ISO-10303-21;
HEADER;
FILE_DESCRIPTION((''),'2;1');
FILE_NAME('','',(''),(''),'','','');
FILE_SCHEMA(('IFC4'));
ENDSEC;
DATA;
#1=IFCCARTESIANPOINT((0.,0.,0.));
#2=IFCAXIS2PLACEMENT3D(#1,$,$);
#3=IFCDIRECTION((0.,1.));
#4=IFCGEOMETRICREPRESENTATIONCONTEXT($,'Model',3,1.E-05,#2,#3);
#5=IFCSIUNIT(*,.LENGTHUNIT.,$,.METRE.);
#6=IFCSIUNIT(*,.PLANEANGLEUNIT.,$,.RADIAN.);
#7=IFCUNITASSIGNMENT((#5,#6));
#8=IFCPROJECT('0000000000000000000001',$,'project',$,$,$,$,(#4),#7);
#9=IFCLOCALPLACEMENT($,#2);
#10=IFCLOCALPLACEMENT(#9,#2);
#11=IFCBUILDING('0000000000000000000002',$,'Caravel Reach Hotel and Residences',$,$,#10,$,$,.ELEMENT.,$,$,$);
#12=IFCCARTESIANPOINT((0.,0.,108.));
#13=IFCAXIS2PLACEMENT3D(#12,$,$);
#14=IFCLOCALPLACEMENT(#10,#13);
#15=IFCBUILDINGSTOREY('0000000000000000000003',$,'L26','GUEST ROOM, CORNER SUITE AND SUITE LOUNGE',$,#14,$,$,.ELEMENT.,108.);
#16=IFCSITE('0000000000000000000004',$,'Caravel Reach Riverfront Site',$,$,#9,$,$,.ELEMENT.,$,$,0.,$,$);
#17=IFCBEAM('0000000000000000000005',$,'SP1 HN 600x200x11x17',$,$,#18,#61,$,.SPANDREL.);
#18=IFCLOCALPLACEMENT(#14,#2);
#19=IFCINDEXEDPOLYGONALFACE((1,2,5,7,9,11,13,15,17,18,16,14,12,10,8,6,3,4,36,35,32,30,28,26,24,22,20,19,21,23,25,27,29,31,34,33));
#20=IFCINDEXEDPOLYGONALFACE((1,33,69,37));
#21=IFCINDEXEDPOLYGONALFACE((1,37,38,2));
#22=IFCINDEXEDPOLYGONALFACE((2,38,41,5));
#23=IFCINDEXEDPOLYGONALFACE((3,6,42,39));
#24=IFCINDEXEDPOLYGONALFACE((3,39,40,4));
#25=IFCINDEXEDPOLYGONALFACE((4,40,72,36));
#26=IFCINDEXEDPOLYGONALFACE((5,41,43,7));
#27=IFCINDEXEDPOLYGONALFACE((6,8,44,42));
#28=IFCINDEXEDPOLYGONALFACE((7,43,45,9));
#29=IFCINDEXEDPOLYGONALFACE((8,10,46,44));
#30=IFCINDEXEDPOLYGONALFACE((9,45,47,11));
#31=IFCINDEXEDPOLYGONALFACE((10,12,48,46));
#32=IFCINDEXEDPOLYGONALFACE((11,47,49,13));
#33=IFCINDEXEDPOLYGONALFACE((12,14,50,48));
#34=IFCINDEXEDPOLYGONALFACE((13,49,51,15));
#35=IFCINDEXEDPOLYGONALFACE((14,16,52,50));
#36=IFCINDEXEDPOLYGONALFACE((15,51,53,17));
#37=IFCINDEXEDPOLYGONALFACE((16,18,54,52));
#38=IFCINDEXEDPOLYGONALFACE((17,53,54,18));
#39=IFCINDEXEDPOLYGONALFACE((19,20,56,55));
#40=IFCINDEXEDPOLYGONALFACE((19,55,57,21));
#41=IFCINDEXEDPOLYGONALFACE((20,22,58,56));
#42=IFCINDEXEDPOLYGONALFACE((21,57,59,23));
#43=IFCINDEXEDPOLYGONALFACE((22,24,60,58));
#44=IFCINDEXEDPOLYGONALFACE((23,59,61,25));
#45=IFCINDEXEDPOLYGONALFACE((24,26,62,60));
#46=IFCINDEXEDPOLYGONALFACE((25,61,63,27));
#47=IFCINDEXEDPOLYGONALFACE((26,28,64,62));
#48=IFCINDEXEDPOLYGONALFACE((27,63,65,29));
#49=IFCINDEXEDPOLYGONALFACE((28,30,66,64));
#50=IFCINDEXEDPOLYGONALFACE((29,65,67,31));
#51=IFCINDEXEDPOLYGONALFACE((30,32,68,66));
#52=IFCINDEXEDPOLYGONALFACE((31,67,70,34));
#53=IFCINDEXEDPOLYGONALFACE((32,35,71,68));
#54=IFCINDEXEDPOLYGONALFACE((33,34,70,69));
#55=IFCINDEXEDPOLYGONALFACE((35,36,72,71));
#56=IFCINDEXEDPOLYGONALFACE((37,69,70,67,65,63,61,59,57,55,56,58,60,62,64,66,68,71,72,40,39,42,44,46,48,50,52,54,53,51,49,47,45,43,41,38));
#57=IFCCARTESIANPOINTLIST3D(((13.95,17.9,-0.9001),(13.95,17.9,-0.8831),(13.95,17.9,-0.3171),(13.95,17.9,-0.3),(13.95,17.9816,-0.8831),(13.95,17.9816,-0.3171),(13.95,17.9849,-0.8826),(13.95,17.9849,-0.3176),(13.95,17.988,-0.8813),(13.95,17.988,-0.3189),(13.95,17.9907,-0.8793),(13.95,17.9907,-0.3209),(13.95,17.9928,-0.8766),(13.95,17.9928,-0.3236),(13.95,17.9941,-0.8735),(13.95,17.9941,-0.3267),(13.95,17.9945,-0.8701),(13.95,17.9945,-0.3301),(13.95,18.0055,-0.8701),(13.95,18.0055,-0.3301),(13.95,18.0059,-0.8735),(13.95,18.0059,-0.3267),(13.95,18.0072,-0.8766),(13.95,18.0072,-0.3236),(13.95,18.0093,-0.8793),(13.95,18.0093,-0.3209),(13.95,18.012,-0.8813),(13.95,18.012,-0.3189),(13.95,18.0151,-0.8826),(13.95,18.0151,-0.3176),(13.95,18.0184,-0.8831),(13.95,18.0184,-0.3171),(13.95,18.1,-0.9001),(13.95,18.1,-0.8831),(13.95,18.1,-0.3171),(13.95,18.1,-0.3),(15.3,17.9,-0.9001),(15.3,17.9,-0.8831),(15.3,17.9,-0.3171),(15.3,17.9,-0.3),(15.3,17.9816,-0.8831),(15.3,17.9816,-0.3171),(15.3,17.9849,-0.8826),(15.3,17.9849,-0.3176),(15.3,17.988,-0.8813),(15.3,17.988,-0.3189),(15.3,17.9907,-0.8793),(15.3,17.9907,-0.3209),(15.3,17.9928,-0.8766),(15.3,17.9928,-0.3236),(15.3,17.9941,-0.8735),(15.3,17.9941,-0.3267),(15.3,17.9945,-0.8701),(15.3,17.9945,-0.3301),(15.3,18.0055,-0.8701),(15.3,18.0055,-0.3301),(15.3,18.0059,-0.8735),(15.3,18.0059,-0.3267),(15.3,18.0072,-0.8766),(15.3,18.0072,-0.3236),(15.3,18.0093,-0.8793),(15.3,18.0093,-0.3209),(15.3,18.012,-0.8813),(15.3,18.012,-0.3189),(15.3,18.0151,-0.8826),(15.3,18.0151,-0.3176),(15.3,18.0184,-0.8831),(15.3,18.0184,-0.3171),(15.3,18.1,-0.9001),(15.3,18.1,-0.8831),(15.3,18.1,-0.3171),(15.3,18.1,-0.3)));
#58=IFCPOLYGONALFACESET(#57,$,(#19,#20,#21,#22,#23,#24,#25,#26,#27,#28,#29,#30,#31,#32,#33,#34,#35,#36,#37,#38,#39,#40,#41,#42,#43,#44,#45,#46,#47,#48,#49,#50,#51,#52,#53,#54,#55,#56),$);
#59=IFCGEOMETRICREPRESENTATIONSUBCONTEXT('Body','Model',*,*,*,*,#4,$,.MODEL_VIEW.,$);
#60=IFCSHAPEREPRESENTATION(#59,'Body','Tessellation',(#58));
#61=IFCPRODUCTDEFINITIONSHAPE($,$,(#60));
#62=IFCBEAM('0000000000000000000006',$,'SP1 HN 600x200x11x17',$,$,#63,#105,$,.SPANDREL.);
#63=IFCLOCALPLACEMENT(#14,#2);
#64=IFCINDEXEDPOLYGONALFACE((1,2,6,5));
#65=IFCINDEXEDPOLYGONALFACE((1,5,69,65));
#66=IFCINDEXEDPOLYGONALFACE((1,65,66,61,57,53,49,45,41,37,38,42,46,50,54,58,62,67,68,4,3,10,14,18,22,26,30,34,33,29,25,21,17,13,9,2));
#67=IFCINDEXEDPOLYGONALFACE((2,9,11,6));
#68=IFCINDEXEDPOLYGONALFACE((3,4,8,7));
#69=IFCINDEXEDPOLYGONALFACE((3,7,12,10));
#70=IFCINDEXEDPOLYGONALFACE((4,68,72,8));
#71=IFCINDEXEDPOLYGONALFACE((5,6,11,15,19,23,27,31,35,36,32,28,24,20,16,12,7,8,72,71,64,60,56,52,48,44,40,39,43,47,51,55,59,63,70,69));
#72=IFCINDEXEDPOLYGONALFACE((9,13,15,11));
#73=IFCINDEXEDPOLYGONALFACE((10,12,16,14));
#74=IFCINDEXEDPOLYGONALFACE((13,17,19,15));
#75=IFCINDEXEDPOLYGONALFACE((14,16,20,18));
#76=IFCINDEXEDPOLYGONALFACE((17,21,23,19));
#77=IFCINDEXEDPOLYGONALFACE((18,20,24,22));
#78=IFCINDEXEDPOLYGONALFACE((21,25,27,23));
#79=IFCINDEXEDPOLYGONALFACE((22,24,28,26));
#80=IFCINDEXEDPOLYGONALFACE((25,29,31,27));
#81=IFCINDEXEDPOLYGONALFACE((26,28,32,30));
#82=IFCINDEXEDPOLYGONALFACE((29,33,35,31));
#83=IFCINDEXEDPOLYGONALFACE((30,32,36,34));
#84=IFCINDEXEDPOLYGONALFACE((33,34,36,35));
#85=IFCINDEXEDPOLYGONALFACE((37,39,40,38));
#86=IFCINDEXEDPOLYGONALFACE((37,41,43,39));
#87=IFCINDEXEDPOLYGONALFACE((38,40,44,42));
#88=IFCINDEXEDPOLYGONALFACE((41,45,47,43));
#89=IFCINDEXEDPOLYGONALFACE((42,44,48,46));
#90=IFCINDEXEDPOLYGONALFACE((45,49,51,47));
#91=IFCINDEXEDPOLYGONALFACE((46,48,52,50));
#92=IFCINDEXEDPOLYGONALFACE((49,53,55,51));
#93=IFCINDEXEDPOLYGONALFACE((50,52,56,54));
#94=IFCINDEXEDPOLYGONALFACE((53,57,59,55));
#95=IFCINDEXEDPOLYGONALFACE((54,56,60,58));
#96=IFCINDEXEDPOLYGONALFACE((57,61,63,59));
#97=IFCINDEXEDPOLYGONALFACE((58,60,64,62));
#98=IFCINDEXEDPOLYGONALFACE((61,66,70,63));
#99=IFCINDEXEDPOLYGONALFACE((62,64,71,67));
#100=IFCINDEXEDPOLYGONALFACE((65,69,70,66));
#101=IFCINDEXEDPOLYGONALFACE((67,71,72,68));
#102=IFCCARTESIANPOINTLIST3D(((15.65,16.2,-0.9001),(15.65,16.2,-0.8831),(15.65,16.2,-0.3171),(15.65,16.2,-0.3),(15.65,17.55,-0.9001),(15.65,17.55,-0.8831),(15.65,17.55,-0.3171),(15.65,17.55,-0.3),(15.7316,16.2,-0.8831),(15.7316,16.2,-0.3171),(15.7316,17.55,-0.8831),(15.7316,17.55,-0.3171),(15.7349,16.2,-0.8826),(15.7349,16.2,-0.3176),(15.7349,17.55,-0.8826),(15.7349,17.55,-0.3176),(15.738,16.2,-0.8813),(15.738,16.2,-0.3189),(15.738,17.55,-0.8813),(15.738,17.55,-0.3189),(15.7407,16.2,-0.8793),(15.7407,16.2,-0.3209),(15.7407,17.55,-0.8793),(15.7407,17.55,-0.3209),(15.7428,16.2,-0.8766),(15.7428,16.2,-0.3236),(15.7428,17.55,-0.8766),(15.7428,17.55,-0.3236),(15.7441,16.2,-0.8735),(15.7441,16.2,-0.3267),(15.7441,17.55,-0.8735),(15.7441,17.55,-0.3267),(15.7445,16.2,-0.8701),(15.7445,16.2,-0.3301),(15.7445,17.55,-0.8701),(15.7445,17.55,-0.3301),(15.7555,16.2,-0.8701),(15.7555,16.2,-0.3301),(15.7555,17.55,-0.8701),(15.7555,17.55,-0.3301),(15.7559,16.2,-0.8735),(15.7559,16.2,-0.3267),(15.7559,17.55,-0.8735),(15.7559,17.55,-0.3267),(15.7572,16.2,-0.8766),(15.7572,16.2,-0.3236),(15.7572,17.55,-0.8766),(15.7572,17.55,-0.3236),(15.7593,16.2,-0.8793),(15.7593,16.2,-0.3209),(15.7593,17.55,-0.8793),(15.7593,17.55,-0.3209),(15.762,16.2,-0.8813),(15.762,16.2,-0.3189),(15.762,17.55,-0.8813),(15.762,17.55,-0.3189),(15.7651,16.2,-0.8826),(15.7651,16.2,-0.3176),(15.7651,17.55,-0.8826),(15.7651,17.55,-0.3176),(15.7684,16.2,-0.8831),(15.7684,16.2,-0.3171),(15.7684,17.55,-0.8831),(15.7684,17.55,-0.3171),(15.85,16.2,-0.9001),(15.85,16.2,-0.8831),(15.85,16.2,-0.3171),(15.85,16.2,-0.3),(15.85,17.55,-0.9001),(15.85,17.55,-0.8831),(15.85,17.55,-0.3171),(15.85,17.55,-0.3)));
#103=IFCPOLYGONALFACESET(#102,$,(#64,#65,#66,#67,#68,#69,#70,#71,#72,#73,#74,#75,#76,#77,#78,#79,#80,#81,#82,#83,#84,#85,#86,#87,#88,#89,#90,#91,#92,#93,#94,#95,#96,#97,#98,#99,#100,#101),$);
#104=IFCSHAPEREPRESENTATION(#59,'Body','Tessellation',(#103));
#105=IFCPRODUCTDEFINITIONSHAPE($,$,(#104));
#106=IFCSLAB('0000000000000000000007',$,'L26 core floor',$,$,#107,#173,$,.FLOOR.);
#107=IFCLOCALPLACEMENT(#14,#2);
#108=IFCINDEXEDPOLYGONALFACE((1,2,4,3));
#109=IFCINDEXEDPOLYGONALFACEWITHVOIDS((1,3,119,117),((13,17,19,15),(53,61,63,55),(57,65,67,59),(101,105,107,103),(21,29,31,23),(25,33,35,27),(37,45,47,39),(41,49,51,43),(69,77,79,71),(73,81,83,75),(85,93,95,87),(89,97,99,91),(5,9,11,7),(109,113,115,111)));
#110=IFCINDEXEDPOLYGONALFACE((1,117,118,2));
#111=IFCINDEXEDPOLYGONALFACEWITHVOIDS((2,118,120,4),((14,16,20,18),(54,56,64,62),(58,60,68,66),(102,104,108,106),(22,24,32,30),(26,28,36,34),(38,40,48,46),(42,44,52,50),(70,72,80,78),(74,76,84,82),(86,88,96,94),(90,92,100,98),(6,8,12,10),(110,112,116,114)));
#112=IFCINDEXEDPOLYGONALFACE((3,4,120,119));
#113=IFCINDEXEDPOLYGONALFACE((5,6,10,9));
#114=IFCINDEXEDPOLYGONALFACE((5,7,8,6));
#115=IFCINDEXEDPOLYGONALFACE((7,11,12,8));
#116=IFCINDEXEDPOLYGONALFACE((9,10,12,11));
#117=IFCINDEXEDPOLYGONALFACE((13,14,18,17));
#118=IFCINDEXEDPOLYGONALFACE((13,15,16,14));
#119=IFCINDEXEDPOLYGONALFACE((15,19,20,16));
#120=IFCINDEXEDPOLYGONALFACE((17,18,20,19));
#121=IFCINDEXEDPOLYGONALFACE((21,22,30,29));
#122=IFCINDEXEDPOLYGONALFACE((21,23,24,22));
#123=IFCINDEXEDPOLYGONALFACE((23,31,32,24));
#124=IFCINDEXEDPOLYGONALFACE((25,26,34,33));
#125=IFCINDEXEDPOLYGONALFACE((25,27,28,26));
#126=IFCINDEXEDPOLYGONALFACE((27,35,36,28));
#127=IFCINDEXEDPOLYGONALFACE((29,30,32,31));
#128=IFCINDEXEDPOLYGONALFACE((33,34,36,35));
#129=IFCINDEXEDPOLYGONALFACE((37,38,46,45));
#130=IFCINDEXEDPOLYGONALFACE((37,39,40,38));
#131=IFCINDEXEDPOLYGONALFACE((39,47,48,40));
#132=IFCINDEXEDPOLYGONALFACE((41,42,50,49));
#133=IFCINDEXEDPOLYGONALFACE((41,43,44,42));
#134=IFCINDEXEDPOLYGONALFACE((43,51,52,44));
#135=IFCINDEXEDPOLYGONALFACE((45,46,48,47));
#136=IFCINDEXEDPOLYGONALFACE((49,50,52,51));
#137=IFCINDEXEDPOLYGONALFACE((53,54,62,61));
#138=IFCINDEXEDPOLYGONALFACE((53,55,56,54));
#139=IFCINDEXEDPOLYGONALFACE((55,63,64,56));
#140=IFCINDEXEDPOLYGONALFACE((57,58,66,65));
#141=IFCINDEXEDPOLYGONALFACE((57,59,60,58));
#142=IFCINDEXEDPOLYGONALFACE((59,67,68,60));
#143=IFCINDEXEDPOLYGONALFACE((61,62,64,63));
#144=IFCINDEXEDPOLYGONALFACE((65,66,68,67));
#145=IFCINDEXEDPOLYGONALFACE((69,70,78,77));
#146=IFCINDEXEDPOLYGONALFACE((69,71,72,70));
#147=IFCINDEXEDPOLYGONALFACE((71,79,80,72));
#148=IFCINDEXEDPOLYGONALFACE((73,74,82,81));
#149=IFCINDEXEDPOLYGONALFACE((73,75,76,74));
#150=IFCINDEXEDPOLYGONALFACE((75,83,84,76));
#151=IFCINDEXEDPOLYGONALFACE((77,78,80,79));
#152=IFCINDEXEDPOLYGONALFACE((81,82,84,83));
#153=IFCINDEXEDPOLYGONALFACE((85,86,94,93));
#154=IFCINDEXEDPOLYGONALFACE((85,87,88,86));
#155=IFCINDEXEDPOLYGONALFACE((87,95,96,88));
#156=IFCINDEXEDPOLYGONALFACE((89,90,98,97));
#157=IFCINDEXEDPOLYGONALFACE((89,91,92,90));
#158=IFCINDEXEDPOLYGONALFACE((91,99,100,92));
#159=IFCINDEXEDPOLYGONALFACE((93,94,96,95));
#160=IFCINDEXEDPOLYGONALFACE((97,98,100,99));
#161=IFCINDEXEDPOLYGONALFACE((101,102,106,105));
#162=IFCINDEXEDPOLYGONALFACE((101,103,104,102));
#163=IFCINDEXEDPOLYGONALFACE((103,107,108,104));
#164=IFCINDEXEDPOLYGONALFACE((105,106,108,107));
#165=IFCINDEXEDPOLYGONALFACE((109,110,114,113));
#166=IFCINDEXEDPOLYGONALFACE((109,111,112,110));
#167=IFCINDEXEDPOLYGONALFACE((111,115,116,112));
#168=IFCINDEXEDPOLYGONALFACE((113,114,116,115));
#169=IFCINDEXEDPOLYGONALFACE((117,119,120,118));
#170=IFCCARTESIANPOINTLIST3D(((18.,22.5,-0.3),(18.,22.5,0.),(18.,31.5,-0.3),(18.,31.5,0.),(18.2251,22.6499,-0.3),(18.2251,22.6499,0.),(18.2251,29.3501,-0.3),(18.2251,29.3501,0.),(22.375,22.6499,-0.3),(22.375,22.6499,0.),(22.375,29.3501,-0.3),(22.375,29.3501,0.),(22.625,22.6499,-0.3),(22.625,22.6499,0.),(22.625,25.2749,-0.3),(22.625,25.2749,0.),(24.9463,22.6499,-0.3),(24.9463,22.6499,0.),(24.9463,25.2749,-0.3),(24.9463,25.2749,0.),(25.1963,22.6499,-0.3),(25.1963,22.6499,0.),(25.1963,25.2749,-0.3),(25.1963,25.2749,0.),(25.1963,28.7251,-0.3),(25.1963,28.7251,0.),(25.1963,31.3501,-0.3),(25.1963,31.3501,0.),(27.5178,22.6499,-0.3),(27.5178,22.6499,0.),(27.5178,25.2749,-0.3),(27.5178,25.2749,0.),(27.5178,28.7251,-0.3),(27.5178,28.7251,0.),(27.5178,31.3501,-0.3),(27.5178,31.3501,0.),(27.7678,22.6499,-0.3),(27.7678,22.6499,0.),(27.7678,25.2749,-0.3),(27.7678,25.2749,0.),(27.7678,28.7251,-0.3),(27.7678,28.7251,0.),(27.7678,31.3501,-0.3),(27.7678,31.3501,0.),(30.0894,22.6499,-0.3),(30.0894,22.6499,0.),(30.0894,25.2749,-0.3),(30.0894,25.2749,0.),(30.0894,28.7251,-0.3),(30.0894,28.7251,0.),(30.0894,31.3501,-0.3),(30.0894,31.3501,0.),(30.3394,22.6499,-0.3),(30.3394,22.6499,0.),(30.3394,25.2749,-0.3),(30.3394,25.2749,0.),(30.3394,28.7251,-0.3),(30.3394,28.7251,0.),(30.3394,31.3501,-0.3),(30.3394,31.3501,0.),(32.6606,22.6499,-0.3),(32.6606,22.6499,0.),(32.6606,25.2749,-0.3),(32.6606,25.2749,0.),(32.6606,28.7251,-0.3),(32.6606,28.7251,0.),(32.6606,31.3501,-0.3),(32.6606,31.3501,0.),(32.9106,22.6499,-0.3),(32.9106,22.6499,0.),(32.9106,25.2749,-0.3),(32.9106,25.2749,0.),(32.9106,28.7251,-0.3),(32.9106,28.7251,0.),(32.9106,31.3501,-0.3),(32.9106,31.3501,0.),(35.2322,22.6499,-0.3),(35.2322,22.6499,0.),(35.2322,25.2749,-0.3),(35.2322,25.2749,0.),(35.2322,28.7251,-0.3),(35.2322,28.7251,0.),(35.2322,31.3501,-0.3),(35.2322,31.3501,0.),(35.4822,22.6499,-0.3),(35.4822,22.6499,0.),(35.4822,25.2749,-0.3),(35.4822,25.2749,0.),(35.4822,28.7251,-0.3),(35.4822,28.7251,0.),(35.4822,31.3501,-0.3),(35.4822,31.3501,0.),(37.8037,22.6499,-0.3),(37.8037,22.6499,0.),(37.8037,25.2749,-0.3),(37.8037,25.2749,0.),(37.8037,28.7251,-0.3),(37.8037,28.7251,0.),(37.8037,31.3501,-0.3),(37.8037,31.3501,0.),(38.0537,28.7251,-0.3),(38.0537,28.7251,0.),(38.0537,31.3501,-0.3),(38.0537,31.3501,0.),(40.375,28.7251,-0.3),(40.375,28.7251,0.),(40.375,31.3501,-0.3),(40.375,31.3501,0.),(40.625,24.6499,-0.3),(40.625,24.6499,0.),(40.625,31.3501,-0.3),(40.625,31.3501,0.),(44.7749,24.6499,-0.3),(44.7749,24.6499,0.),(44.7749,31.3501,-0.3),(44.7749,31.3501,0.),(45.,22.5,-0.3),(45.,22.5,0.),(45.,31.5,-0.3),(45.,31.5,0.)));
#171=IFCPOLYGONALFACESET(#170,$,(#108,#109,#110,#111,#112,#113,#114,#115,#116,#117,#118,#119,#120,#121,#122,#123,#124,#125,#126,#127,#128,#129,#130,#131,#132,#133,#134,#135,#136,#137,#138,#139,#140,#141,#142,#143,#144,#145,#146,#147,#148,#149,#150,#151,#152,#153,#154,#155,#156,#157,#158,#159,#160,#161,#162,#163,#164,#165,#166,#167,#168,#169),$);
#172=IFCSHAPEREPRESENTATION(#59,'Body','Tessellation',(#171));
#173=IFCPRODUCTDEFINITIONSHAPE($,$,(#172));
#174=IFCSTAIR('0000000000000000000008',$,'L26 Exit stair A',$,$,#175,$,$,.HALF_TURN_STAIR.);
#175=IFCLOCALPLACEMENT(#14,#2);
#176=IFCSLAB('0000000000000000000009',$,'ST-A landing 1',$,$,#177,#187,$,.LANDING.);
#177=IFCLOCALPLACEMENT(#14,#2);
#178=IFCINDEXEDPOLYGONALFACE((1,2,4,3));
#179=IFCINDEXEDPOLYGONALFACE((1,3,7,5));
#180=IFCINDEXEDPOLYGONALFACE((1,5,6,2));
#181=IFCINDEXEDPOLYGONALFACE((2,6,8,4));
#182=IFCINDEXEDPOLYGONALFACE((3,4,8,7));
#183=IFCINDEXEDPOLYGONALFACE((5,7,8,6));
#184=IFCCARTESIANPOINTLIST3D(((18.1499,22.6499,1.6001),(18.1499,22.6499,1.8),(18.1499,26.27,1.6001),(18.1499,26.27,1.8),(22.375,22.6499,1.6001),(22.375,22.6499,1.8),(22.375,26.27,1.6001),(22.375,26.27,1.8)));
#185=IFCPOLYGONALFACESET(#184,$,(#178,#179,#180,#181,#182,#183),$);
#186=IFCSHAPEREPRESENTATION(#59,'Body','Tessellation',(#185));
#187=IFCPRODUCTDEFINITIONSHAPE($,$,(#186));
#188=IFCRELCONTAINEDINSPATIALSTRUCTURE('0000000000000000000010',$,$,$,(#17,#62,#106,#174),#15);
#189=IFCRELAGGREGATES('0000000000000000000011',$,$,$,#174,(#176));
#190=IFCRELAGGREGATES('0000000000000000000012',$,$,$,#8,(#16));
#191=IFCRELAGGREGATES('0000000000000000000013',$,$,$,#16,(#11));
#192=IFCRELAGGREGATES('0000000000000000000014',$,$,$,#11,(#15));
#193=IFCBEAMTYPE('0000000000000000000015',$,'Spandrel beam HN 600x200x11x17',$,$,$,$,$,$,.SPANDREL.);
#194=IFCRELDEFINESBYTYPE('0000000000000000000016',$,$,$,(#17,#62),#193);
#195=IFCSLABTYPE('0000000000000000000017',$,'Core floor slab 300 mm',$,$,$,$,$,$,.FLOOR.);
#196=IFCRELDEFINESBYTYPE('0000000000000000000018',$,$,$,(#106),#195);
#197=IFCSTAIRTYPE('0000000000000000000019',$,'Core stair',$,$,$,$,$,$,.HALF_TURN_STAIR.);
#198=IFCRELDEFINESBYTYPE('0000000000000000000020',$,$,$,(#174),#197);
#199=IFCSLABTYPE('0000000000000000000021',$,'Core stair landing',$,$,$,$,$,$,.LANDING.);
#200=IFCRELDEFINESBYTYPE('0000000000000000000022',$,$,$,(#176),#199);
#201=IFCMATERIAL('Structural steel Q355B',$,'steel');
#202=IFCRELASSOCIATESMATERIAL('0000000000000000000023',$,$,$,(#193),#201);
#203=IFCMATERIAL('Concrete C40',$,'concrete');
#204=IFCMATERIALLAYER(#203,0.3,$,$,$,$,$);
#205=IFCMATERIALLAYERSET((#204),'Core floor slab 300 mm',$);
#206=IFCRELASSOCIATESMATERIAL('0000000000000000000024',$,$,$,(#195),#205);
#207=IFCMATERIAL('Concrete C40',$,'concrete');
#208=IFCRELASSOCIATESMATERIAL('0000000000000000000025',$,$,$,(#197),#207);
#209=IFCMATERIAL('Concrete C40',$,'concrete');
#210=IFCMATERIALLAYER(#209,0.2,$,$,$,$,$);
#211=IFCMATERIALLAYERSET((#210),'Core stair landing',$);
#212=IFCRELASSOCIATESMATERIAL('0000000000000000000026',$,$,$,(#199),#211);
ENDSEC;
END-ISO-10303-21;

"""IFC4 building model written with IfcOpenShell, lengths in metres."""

from ifc_helpers import new_model, si_unit, direction, frame, origin, origin_2d, place, context, subcontext, project, spatial, polyline, i_section, outline, extrude, material, layer, layer_set, material_profile, profile_set, type_object, element, aggregate, save


model = new_model("IFC4")

# Units and contexts
model_context = context("Model", 3, precision=1e-05, world=origin(), true_north=direction((0.0, 1.0)))
body_context = subcontext(model_context, "Body", "Model", "MODEL_VIEW")
ifc_project = project(units=[si_unit("LENGTHUNIT", "METRE"), si_unit("PLANEANGLEUNIT", "RADIAN")], contexts=[model_context])

# Site, building, storey
site_placement = place(None, origin())
site = spatial("IfcSite", under=ifc_project, at=site_placement, Name="Caravel Reach Riverfront Site", CompositionType="ELEMENT", RefElevation=0.0)
building_placement = place(site_placement, origin())
building = spatial("IfcBuilding", under=site, at=building_placement, Name="Caravel Reach Hotel and Residences", CompositionType="ELEMENT")
storey_placement = place(building_placement, frame((0.0, 0.0, 108.0)))
storey = spatial("IfcBuildingStorey", under=building, at=storey_placement, Name="L26", Description="GUEST ROOM, CORNER SUITE AND SUITE LOUNGE", CompositionType="ELEMENT", Elevation=108.0)

# Beams
ifc_material_1 = material(Name="Structural steel Q355B", Category="steel")
ifc_material_profile_1 = material_profile(ifc_material_1, i_section(OverallWidth=0.2, OverallDepth=0.6001, WebThickness=0.011, FlangeThickness=0.0171, FilletRadius=0.0129, at=origin_2d()), Name="HN 600x200x11x17")
ifc_profile_set_1 = profile_set([ifc_material_profile_1], Name="Structural steel Q355B")
beam_type_1 = type_object("IfcBeamType", Name="Spandrel beam HN 600x200x11x17", PredefinedType="SPANDREL", material=ifc_profile_set_1)
for number, where, z_axis, x_axis, name in (
    (1, (13.95, 18.0, -0.6001), (1.0, 0.0, 0.0), (0.0, 1.0, 0.0), "SP1 HN 600x200x11x17"),
    (2, (15.75, 17.55, -0.6001), (0.0, -1.0, 0.0), (1.0, 0.0, 0.0), "SP1 HN 600x200x11x17"),
):
    element("IfcBeam", number, at=place(storey_placement, frame(where, z_axis=z_axis, x_axis=x_axis)), inside=storey, type_object=beam_type_1, Name=name, PredefinedType="SPANDREL", context=body_context, shape_type="SweptSolid", body=[
        extrude(i_section(OverallWidth=0.2, OverallDepth=0.6001, WebThickness=0.011, FlangeThickness=0.0171, FilletRadius=0.0129, at=origin_2d()), origin(), (0.0, 0.0, 1.0), 1.3501),
    ])

# Slab
ifc_material_2 = material(Name="Concrete C40", Category="concrete")
ifc_layer_1 = layer(ifc_material_2, 0.3)
ifc_layer_set_1 = layer_set([ifc_layer_1], Name="Core floor slab 300 mm")
slab_type_1 = type_object("IfcSlabType", Name="Core floor slab 300 mm", PredefinedType="FLOOR", material=ifc_layer_set_1)
slab_1_placement = place(storey_placement, frame((0.0, 0.0, -0.3)))
element("IfcSlab", 3, at=slab_1_placement, inside=storey, type_object=slab_type_1, Name="L26 core floor", PredefinedType="FLOOR", context=body_context, shape_type="SweptSolid", body=[
    extrude(outline(polyline([(18.0, 31.5), (45.0, 31.5), (45.0, 22.5), (18.0, 22.5), (18.0, 31.5)]), holes=[polyline([(22.625, 25.2749), (22.625, 22.6499), (24.9463, 22.6499), (24.9463, 25.2749), (22.625, 25.2749)]), polyline([(27.5178, 25.2749), (25.1963, 25.2749), (25.1963, 22.6499), (27.5178, 22.6499), (27.5178, 25.2749)]), polyline([(30.0894, 25.2749), (27.7678, 25.2749), (27.7678, 22.6499), (30.0894, 22.6499), (30.0894, 25.2749)]), polyline([(32.6606, 25.2749), (30.3394, 25.2749), (30.3394, 22.6499), (32.6606, 22.6499), (32.6606, 25.2749)]), polyline([(18.2251, 22.6499), (22.375, 22.6499), (22.375, 29.3501), (18.2251, 29.3501), (18.2251, 22.6499)]), polyline([(27.5178, 31.3501), (25.1963, 31.3501), (25.1963, 28.7251), (27.5178, 28.7251), (27.5178, 31.3501)]), polyline([(30.0894, 31.3501), (27.7678, 31.3501), (27.7678, 28.7251), (30.0894, 28.7251), (30.0894, 31.3501)]), polyline([(32.9106, 25.2749), (32.9106, 22.6499), (35.2322, 22.6499), (35.2322, 25.2749), (32.9106, 25.2749)]), polyline([(37.8037, 25.2749), (35.4822, 25.2749), (35.4822, 22.6499), (37.8037, 22.6499), (37.8037, 25.2749)]), polyline([(44.7749, 31.3501), (40.625, 31.3501), (40.625, 24.6499), (44.7749, 24.6499), (44.7749, 31.3501)]), polyline([(32.6606, 31.3501), (30.3394, 31.3501), (30.3394, 28.7251), (32.6606, 28.7251), (32.6606, 31.3501)]), polyline([(35.2322, 31.3501), (32.9106, 31.3501), (32.9106, 28.7251), (35.2322, 28.7251), (35.2322, 31.3501)]), polyline([(37.8037, 31.3501), (35.4822, 31.3501), (35.4822, 28.7251), (37.8037, 28.7251), (37.8037, 31.3501)]), polyline([(40.375, 31.3501), (38.0537, 31.3501), (38.0537, 28.7251), (40.375, 28.7251), (40.375, 31.3501)])]), origin(), (0.0, 0.0, 1.0), 0.3),
])

# Stair, slab
ifc_material_3 = material(Name="Concrete C40", Category="concrete")
stair_type = type_object("IfcStairType", Name="Core stair", PredefinedType="HALF_TURN_STAIR", material=ifc_material_3)
stair_1_placement = place(storey_placement, origin())
stair_1 = element("IfcStair", 4, at=stair_1_placement, inside=storey, type_object=stair_type, Name="L26 Exit stair A", PredefinedType="HALF_TURN_STAIR")
ifc_material_4 = material(Name="Concrete C40", Category="concrete")
ifc_layer_2 = layer(ifc_material_4, 0.2)
ifc_layer_set_2 = layer_set([ifc_layer_2], Name="Core stair landing")
slab_type_2 = type_object("IfcSlabType", Name="Core stair landing", PredefinedType="LANDING", material=ifc_layer_set_2)
slab_2_placement = place(storey_placement, frame((0.0, 0.0, 1.6001)))
slab_2 = element("IfcSlab", 5, at=slab_2_placement, type_object=slab_type_2, Name="ST-A landing 1", PredefinedType="LANDING", context=body_context, shape_type="SweptSolid", body=[
    extrude(outline(polyline([(18.1499, 26.27), (18.1499, 22.6499), (22.375, 22.6499), (22.375, 26.27), (18.1499, 26.27)])), origin(), (0.0, 0.0, 1.0), 0.2),
])
aggregate(stair_1, [slab_2])

save(model, "model.ifc")
